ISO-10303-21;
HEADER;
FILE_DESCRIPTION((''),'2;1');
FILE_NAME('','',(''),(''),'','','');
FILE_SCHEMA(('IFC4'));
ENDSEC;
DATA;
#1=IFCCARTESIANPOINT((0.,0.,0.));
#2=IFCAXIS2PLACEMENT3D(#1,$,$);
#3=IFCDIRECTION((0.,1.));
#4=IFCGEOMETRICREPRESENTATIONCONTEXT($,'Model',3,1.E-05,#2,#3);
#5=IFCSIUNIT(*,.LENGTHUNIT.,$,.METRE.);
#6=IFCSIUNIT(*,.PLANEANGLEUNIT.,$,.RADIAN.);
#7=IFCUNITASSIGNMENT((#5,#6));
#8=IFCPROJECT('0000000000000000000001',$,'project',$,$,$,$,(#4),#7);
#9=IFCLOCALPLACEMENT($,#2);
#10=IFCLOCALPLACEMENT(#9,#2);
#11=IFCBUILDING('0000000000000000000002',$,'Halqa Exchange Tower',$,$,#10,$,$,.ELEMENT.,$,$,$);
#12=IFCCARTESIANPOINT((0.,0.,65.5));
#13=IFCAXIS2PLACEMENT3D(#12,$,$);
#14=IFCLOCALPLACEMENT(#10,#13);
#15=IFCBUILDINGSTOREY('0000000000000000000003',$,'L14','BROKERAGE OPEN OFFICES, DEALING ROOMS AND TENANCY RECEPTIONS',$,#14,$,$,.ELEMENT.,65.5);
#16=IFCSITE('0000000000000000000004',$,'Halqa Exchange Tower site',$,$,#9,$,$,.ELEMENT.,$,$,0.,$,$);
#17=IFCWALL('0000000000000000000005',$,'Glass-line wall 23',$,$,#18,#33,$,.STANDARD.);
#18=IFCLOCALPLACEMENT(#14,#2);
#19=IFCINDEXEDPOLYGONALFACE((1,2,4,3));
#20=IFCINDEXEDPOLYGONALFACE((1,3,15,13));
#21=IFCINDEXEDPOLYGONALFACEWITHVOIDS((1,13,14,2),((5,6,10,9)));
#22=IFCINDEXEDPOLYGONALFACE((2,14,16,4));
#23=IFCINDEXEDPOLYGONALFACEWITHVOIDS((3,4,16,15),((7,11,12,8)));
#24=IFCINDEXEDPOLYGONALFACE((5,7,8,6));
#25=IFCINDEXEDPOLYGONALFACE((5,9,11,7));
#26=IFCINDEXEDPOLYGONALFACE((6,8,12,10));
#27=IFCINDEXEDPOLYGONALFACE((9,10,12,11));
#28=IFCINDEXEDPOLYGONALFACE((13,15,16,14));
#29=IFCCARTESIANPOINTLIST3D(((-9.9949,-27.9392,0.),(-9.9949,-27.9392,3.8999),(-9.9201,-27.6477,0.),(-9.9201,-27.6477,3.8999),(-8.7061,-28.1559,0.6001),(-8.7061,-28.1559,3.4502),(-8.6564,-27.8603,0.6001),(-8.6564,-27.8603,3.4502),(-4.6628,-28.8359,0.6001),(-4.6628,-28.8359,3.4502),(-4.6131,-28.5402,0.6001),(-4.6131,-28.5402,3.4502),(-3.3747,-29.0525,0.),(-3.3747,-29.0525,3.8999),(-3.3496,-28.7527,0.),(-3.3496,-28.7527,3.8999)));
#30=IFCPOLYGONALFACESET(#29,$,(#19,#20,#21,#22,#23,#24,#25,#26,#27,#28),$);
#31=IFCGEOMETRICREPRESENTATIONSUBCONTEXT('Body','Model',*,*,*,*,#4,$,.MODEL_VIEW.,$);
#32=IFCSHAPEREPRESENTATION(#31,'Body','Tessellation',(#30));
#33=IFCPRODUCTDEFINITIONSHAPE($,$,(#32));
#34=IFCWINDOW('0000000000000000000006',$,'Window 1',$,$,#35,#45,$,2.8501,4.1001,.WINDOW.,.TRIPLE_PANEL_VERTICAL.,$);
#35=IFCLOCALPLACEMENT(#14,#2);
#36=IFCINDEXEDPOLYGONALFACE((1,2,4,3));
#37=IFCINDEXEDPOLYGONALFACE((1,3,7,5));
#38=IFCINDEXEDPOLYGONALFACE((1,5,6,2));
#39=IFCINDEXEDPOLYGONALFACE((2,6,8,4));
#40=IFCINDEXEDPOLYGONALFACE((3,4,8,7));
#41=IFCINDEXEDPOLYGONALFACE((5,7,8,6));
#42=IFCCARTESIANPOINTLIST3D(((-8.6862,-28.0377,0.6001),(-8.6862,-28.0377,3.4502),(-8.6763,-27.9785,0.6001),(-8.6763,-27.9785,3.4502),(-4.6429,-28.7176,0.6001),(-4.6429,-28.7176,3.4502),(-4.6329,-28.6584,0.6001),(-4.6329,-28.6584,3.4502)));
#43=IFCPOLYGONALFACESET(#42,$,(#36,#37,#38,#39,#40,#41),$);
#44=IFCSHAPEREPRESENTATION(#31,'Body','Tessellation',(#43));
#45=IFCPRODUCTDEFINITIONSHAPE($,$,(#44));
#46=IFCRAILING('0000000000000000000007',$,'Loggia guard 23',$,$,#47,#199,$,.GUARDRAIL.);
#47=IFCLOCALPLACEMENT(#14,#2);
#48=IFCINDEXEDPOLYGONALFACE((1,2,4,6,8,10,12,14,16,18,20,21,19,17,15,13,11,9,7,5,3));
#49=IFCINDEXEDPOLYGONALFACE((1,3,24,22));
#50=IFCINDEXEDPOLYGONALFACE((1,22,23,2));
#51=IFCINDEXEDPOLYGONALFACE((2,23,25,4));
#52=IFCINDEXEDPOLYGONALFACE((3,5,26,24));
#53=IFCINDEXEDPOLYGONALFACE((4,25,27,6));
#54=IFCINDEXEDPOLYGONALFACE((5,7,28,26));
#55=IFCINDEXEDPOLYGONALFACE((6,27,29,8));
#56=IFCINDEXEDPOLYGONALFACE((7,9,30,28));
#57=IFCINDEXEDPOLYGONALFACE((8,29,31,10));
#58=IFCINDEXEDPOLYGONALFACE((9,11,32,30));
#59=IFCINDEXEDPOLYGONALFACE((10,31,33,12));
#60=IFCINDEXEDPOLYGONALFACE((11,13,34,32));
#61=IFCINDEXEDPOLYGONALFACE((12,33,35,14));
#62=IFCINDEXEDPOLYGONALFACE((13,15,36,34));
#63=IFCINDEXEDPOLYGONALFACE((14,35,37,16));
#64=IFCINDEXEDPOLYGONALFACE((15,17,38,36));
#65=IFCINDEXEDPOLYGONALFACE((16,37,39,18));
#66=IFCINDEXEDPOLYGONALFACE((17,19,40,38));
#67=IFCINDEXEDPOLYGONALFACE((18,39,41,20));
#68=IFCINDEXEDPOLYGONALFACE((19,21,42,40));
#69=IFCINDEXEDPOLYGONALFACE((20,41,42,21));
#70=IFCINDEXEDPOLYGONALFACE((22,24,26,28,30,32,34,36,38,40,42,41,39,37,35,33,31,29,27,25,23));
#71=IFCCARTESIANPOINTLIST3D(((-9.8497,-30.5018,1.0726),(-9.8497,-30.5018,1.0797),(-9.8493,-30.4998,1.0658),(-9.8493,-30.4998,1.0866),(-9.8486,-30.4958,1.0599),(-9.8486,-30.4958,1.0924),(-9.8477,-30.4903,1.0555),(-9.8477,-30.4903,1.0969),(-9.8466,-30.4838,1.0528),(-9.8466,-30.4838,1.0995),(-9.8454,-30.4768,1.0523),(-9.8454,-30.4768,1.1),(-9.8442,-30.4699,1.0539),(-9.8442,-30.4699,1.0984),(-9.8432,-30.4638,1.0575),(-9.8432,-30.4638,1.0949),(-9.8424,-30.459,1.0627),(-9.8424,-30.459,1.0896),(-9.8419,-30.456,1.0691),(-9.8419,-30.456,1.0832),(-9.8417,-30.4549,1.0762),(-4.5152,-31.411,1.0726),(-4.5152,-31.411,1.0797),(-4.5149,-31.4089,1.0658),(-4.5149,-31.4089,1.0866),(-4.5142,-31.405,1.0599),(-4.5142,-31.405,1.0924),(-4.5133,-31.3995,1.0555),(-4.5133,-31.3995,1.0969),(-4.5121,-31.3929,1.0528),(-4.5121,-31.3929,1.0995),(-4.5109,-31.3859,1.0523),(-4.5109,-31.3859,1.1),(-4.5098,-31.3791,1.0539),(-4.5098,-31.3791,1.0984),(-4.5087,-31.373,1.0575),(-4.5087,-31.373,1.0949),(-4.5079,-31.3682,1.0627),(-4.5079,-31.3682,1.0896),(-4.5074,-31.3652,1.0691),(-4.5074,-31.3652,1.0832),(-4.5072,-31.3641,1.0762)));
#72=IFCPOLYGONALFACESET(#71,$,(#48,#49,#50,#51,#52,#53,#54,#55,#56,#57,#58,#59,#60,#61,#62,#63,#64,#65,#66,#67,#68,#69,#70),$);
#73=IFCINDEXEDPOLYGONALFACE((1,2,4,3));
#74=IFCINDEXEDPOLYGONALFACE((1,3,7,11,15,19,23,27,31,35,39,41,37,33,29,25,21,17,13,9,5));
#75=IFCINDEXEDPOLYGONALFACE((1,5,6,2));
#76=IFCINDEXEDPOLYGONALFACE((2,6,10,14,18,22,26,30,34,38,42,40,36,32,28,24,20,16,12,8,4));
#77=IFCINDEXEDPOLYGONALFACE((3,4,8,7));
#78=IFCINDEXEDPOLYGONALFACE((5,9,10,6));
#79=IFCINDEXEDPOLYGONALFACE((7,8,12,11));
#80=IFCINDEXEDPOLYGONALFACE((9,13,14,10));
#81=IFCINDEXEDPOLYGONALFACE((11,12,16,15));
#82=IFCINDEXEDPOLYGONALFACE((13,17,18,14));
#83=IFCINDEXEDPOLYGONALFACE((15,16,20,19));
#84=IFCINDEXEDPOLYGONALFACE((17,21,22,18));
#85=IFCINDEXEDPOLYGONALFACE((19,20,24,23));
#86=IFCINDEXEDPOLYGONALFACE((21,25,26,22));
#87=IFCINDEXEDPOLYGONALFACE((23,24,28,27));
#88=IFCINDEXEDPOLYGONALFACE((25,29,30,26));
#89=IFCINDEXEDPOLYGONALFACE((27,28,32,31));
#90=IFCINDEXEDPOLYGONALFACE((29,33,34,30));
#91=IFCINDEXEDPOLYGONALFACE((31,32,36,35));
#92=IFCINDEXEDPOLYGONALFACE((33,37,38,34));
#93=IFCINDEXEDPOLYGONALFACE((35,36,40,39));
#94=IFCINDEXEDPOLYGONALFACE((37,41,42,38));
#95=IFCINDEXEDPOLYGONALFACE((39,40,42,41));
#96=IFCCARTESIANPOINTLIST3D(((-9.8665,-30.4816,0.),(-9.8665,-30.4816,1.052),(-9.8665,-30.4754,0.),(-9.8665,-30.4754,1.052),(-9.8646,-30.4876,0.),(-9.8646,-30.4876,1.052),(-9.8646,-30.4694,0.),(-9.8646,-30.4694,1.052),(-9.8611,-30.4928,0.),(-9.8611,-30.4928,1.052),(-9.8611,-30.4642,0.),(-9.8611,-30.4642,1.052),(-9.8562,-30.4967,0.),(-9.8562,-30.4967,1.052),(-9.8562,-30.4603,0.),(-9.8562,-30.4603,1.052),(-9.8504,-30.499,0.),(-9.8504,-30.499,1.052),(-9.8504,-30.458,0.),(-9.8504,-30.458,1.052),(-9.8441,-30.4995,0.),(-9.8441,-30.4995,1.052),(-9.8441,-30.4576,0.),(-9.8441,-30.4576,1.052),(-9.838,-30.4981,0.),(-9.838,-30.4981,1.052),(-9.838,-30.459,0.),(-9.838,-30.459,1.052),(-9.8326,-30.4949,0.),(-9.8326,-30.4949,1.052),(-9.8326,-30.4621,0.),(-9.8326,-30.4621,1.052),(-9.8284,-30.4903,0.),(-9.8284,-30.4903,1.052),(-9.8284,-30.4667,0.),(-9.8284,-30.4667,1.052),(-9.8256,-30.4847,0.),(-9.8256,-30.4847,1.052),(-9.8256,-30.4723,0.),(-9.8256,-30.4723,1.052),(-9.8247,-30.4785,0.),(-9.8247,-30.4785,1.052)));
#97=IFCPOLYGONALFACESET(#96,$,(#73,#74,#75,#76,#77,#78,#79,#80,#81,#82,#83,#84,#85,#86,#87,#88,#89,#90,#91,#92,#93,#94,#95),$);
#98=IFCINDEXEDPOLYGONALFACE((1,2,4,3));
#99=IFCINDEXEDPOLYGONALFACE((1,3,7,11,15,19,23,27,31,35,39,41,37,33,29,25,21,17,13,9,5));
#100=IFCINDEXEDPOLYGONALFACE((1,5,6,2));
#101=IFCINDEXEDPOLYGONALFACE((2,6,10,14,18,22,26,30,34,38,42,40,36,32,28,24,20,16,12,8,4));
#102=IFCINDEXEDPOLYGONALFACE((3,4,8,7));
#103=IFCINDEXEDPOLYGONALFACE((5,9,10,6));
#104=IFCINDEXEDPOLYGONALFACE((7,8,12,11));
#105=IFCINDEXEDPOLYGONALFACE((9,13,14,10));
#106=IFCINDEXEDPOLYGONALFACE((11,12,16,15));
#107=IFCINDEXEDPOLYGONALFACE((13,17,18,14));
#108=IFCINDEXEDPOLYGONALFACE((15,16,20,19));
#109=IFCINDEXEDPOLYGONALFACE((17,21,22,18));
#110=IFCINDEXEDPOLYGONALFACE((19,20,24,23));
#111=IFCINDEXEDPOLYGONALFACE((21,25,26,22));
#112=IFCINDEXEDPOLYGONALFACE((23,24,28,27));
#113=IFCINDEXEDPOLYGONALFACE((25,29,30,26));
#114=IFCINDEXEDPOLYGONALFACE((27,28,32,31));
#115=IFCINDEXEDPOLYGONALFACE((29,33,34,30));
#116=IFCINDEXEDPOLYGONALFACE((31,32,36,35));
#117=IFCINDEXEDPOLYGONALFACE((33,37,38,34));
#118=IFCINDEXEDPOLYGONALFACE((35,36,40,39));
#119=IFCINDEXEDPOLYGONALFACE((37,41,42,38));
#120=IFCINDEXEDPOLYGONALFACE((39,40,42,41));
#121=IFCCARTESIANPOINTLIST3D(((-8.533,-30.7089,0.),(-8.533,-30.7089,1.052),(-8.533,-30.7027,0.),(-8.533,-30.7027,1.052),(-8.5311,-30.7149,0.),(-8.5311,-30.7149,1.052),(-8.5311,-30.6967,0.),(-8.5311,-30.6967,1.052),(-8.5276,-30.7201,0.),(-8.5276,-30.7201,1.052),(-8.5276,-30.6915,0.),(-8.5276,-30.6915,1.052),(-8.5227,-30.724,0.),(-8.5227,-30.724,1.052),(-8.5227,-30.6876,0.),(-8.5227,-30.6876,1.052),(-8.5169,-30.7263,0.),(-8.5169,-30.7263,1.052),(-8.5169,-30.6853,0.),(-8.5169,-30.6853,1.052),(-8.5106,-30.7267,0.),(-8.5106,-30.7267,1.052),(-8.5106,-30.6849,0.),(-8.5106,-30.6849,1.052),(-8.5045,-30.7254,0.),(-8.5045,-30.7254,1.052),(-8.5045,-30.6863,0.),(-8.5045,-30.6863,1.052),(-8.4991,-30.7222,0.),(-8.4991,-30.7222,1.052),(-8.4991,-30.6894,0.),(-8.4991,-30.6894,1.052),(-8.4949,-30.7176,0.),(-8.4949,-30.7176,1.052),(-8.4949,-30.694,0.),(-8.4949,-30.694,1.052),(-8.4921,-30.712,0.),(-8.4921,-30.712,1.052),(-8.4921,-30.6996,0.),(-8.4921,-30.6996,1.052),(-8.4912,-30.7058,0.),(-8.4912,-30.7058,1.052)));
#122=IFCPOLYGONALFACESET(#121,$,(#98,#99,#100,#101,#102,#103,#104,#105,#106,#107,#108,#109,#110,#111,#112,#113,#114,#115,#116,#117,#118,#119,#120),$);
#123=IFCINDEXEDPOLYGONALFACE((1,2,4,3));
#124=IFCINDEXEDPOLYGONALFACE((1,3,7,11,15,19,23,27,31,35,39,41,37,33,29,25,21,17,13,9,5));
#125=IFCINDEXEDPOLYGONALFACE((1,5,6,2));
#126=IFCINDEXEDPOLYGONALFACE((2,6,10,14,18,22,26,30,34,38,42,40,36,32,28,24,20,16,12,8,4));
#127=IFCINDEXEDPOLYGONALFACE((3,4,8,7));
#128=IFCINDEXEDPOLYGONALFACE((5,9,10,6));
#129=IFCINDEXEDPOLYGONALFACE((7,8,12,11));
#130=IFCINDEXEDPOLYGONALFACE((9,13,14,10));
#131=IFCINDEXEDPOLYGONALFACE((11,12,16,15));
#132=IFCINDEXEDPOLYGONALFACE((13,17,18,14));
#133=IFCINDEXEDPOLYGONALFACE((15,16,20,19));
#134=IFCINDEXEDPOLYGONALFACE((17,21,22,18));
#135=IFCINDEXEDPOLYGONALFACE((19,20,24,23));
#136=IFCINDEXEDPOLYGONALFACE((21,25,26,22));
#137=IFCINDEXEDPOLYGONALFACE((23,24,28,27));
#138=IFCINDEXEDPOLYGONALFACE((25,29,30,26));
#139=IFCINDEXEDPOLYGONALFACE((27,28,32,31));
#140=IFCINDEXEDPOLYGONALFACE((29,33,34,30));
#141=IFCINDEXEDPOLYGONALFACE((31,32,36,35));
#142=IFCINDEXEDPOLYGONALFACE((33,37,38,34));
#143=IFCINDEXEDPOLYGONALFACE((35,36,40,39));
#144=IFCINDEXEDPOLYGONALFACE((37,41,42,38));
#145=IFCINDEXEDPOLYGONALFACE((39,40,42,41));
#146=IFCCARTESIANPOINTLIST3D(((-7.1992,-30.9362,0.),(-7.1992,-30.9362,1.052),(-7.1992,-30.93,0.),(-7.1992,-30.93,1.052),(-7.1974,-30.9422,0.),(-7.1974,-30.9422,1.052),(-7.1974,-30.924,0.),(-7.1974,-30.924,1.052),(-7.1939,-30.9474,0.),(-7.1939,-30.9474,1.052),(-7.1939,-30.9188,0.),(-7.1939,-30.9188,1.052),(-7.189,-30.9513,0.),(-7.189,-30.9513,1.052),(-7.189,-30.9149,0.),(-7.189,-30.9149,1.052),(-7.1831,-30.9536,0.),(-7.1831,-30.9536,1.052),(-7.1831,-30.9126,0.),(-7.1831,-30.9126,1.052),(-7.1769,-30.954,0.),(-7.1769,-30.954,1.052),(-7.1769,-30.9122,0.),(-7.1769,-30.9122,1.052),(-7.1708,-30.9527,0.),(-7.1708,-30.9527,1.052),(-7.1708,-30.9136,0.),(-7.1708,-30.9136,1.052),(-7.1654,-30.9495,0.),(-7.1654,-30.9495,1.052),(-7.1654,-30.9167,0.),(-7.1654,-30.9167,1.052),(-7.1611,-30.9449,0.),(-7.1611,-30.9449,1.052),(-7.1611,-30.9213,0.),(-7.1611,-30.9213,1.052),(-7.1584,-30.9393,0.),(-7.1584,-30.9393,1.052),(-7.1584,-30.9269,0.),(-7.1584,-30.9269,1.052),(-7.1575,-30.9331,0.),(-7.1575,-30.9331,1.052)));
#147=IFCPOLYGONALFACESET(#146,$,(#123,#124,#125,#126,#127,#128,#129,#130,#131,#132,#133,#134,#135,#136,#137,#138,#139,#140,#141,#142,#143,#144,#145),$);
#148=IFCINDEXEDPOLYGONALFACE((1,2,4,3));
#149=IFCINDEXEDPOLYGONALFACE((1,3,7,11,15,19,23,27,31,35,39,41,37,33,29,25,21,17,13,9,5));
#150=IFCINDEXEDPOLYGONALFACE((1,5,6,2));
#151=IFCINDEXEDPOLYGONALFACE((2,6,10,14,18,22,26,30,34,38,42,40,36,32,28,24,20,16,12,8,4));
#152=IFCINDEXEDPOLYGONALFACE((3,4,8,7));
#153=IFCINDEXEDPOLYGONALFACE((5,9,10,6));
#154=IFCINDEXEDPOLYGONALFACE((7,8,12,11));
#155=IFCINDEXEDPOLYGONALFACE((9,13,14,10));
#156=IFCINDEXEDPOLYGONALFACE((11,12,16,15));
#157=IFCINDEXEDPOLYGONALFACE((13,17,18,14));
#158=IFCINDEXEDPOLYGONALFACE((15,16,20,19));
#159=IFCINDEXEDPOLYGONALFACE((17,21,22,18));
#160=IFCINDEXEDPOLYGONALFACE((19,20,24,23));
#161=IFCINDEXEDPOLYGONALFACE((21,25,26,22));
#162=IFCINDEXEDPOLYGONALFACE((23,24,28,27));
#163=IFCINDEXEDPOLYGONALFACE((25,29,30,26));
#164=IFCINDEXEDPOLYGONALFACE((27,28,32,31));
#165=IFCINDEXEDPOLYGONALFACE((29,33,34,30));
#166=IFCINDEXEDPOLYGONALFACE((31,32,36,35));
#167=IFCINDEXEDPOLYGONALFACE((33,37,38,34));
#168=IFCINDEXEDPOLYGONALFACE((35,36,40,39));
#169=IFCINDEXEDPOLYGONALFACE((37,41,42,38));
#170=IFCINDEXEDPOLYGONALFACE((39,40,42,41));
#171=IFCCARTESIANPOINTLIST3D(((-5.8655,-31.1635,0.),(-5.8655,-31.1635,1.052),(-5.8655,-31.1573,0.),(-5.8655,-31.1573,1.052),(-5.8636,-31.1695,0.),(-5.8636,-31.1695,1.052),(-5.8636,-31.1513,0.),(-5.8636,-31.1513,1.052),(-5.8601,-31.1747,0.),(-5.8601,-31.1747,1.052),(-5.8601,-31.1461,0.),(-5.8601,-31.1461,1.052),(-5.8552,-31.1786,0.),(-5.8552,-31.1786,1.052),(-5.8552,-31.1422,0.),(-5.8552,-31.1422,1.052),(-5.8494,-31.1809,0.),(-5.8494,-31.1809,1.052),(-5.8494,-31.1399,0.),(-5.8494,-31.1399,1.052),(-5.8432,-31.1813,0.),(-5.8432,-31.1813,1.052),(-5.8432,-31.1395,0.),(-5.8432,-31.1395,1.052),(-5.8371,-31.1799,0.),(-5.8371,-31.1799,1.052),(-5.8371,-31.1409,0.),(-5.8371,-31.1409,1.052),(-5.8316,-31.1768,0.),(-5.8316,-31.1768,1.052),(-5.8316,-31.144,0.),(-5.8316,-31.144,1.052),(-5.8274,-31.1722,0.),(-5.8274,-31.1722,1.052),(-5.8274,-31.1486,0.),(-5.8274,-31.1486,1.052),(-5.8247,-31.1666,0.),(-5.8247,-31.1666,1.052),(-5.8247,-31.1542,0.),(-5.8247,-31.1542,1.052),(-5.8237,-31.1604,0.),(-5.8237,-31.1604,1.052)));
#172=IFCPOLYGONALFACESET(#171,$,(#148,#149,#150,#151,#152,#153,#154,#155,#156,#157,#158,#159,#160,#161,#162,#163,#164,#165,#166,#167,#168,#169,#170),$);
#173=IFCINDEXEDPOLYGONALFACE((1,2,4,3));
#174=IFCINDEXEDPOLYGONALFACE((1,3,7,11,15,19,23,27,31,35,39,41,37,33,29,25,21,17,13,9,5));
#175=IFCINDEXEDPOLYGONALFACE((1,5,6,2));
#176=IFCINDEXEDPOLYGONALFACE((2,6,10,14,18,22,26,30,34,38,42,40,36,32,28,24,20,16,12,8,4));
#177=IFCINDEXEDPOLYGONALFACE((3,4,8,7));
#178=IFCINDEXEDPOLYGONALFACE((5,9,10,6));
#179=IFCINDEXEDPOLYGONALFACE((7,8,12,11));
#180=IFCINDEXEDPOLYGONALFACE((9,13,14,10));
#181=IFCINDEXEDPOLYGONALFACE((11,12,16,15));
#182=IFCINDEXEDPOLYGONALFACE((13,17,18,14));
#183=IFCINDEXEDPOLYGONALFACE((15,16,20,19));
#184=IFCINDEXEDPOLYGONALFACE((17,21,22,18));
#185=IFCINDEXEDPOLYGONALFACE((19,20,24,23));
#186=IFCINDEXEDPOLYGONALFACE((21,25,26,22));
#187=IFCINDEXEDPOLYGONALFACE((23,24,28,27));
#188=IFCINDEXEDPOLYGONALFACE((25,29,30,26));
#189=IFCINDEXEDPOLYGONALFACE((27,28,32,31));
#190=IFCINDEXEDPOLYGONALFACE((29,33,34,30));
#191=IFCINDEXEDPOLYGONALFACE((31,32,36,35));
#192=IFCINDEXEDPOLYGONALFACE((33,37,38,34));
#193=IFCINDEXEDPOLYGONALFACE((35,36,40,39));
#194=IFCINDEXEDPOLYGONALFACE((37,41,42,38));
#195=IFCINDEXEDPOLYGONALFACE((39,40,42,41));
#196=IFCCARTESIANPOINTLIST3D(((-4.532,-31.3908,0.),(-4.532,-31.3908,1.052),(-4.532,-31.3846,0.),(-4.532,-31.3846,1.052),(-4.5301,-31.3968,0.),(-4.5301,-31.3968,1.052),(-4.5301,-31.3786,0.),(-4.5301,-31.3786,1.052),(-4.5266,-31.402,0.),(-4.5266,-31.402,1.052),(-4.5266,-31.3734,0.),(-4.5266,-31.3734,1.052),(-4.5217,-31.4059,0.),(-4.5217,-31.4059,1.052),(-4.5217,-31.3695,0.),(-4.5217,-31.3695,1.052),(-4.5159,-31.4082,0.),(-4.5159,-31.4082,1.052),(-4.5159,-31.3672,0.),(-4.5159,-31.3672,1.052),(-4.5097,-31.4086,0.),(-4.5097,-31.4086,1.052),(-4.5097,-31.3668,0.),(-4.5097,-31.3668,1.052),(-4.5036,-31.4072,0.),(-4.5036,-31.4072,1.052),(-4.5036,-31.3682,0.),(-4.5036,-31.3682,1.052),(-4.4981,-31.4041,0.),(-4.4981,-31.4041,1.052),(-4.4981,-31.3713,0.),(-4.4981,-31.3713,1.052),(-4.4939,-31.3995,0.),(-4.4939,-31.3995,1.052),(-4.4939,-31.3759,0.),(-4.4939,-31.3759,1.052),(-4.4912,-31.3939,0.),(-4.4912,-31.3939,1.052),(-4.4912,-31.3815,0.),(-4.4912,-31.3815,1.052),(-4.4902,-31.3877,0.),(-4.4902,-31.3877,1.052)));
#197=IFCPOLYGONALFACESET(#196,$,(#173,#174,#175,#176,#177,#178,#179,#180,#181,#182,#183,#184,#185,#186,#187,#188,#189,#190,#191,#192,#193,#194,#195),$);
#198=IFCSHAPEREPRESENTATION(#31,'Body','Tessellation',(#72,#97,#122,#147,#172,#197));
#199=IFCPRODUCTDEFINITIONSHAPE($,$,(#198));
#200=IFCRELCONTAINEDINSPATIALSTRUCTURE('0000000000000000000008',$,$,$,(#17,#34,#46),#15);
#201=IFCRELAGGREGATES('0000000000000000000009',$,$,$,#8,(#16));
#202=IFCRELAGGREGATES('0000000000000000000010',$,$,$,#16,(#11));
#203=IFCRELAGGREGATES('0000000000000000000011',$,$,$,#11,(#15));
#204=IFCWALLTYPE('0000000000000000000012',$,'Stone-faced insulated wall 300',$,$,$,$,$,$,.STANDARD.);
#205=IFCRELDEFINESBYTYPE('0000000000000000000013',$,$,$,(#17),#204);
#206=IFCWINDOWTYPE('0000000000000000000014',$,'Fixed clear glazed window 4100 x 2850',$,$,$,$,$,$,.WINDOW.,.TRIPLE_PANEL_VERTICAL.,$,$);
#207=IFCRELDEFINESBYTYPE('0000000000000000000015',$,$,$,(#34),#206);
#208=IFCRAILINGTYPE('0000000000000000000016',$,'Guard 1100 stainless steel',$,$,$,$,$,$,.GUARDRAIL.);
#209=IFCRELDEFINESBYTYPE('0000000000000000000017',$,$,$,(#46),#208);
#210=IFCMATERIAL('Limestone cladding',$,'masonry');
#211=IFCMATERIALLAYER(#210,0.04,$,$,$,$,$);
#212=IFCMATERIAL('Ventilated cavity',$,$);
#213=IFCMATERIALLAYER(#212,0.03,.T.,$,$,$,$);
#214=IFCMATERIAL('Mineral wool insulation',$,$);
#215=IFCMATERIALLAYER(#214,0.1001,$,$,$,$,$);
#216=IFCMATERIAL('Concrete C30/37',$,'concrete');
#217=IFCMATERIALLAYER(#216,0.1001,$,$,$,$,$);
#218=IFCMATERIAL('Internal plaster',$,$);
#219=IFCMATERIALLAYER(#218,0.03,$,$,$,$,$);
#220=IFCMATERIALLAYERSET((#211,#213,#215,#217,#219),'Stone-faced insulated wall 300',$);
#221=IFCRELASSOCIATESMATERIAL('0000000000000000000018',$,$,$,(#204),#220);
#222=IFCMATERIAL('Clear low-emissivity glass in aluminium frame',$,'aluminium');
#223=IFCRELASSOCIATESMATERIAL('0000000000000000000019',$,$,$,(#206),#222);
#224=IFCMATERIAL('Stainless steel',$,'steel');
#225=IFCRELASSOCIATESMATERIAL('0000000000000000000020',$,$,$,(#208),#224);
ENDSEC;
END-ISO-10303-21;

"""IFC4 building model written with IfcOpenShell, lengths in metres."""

from ifc_helpers import new_model, si_unit, direction, frame, frame_2d, origin, origin_2d, place, context, subcontext, project, spatial, polyline, rectangle, circle, outline, extrude, material, layer, layer_set, type_object, element, fill, save


model = new_model("IFC4")

# Units and contexts
model_context = context("Model", 3, precision=1e-05, world=origin(), true_north=direction((0.0, 1.0)))
body_context = subcontext(model_context, "Body", "Model", "MODEL_VIEW")
ifc_project = project(units=[si_unit("LENGTHUNIT", "METRE"), si_unit("PLANEANGLEUNIT", "RADIAN")], contexts=[model_context])

# Site, building, storey
site_placement = place(None, origin())
site = spatial("IfcSite", under=ifc_project, at=site_placement, Name="Halqa Exchange Tower site", CompositionType="ELEMENT", RefElevation=0.0)
building_placement = place(site_placement, origin())
building = spatial("IfcBuilding", under=site, at=building_placement, Name="Halqa Exchange Tower", CompositionType="ELEMENT")
storey_placement = place(building_placement, frame((0.0, 0.0, 65.5)))
storey = spatial("IfcBuildingStorey", under=building, at=storey_placement, Name="L14", Description="BROKERAGE OPEN OFFICES, DEALING ROOMS AND TENANCY RECEPTIONS", CompositionType="ELEMENT", Elevation=65.5)

# Shared definitions
ifc_material_1 = material(Name="Concrete C30/37", Category="concrete")

# Wall, opening, window
ifc_material_2 = material(Name="Limestone cladding", Category="masonry")
ifc_layer_1 = layer(ifc_material_2, 0.04)
ifc_material_3 = material(Name="Ventilated cavity")
ifc_layer_2 = layer(ifc_material_3, 0.03, ventilated=True)
ifc_material_4 = material(Name="Mineral wool insulation")
ifc_layer_3 = layer(ifc_material_4, 0.1001)
ifc_layer_4 = layer(ifc_material_1, 0.1001)
ifc_material_5 = material(Name="Internal plaster")
ifc_layer_5 = layer(ifc_material_5, 0.03)
ifc_layer_set_1 = layer_set([ifc_layer_1, ifc_layer_2, ifc_layer_3, ifc_layer_4, ifc_layer_5], Name="Stone-faced insulated wall 300")
wall_type_1 = type_object("IfcWallType", Name="Stone-faced insulated wall 300", PredefinedType="STANDARD", material=ifc_layer_set_1)
wall_1_placement = place(storey_placement, frame((-9.9575, -27.7935, 0.0), z_axis=(0.0, 0.0, 1.0), x_axis=(0.986153, -0.165837, 0.0)))
wall_1 = element("IfcWall", 1, at=wall_1_placement, inside=storey, type_object=wall_type_1, Name="Glass-line wall 23", PredefinedType="STANDARD", context=body_context, shape_type="SweptSolid", body=[
    extrude(outline(polyline([(-0.0127, -0.1499), (6.7004, -0.1499), (6.6755, 0.1499), (0.0127, 0.1499), (-0.0127, -0.1499)])), origin(), (0.0, 0.0, 1.0), 3.8999),
])
opening_1_placement = place(wall_1_placement, frame((1.2942, 0.0, 0.6001)))
opening_1 = element("IfcOpeningElement", 2, at=opening_1_placement, cuts=wall_1, PredefinedType="OPENING", context=body_context, shape_type="SweptSolid", body=[
    extrude(rectangle(XDim=4.1001, YDim=2.8501, at=frame_2d((2.05, 1.425))), frame((0.0, 0.1621, 0.0), z_axis=(0.0, -1.0, 0.0), x_axis=(1.0, 0.0, 0.0)), (0.0, 0.0, 1.0), 0.324),
])
ifc_material_6 = material(Name="Clear low-emissivity glass in aluminium frame", Category="aluminium")
window_type = type_object("IfcWindowType", Name="Fixed clear glazed window 4100 x 2850", PartitioningType="TRIPLE_PANEL_VERTICAL", PredefinedType="WINDOW", material=ifc_material_6)
window_placement = place(opening_1_placement, origin())
window = element("IfcWindow", 3, at=window_placement, inside=storey, type_object=window_type, Name="Window 1", OverallHeight=2.8501, OverallWidth=4.1001, PartitioningType="TRIPLE_PANEL_VERTICAL", PredefinedType="WINDOW", context=body_context, shape_type="SweptSolid", body=[
    extrude(rectangle(XDim=4.1001, YDim=2.8501, at=frame_2d((2.05, 1.425))), frame((0.0, 0.03, 0.0), z_axis=(0.0, -1.0, 0.0), x_axis=(1.0, 0.0, 0.0)), (0.0, 0.0, 1.0), 0.0601),
])
fill(opening_1, window)

# Railing
ifc_material_7 = material(Name="Stainless steel", Category="steel")
railing_type = type_object("IfcRailingType", Name="Guard 1100 stainless steel", PredefinedType="GUARDRAIL", material=ifc_material_7)
railing_1_placement = place(storey_placement, frame((-9.8457, -30.4785, 0.0)))
element("IfcRailing", 4, at=railing_1_placement, inside=storey, type_object=railing_type, Name="Loggia guard 23", PredefinedType="GUARDRAIL", context=body_context, shape_type="SweptSolid", body=[
    extrude(circle(Radius=0.0239, at=origin_2d()), frame((0.0, 0.0, 1.0762), z_axis=(0.985785, -0.168012, 0.0), x_axis=(0.168012, 0.985785, 0.0)), (0.0, 0.0, 1.0), 5.4114),
    extrude(circle(Radius=0.021, at=origin_2d()), origin(), (0.0, 0.0, 1.0), 1.052),
    extrude(circle(Radius=0.021, at=origin_2d()), frame((1.3335, -0.2273, 0.0)), (0.0, 0.0, 1.0), 1.052),
    extrude(circle(Radius=0.021, at=origin_2d()), frame((2.6672, -0.4546, 0.0)), (0.0, 0.0, 1.0), 1.052),
    extrude(circle(Radius=0.021, at=origin_2d()), frame((4.001, -0.6819, 0.0)), (0.0, 0.0, 1.0), 1.052),
    extrude(circle(Radius=0.021, at=origin_2d()), frame((5.3345, -0.9092, 0.0)), (0.0, 0.0, 1.0), 1.052),
])

save(model, "model.ifc")
